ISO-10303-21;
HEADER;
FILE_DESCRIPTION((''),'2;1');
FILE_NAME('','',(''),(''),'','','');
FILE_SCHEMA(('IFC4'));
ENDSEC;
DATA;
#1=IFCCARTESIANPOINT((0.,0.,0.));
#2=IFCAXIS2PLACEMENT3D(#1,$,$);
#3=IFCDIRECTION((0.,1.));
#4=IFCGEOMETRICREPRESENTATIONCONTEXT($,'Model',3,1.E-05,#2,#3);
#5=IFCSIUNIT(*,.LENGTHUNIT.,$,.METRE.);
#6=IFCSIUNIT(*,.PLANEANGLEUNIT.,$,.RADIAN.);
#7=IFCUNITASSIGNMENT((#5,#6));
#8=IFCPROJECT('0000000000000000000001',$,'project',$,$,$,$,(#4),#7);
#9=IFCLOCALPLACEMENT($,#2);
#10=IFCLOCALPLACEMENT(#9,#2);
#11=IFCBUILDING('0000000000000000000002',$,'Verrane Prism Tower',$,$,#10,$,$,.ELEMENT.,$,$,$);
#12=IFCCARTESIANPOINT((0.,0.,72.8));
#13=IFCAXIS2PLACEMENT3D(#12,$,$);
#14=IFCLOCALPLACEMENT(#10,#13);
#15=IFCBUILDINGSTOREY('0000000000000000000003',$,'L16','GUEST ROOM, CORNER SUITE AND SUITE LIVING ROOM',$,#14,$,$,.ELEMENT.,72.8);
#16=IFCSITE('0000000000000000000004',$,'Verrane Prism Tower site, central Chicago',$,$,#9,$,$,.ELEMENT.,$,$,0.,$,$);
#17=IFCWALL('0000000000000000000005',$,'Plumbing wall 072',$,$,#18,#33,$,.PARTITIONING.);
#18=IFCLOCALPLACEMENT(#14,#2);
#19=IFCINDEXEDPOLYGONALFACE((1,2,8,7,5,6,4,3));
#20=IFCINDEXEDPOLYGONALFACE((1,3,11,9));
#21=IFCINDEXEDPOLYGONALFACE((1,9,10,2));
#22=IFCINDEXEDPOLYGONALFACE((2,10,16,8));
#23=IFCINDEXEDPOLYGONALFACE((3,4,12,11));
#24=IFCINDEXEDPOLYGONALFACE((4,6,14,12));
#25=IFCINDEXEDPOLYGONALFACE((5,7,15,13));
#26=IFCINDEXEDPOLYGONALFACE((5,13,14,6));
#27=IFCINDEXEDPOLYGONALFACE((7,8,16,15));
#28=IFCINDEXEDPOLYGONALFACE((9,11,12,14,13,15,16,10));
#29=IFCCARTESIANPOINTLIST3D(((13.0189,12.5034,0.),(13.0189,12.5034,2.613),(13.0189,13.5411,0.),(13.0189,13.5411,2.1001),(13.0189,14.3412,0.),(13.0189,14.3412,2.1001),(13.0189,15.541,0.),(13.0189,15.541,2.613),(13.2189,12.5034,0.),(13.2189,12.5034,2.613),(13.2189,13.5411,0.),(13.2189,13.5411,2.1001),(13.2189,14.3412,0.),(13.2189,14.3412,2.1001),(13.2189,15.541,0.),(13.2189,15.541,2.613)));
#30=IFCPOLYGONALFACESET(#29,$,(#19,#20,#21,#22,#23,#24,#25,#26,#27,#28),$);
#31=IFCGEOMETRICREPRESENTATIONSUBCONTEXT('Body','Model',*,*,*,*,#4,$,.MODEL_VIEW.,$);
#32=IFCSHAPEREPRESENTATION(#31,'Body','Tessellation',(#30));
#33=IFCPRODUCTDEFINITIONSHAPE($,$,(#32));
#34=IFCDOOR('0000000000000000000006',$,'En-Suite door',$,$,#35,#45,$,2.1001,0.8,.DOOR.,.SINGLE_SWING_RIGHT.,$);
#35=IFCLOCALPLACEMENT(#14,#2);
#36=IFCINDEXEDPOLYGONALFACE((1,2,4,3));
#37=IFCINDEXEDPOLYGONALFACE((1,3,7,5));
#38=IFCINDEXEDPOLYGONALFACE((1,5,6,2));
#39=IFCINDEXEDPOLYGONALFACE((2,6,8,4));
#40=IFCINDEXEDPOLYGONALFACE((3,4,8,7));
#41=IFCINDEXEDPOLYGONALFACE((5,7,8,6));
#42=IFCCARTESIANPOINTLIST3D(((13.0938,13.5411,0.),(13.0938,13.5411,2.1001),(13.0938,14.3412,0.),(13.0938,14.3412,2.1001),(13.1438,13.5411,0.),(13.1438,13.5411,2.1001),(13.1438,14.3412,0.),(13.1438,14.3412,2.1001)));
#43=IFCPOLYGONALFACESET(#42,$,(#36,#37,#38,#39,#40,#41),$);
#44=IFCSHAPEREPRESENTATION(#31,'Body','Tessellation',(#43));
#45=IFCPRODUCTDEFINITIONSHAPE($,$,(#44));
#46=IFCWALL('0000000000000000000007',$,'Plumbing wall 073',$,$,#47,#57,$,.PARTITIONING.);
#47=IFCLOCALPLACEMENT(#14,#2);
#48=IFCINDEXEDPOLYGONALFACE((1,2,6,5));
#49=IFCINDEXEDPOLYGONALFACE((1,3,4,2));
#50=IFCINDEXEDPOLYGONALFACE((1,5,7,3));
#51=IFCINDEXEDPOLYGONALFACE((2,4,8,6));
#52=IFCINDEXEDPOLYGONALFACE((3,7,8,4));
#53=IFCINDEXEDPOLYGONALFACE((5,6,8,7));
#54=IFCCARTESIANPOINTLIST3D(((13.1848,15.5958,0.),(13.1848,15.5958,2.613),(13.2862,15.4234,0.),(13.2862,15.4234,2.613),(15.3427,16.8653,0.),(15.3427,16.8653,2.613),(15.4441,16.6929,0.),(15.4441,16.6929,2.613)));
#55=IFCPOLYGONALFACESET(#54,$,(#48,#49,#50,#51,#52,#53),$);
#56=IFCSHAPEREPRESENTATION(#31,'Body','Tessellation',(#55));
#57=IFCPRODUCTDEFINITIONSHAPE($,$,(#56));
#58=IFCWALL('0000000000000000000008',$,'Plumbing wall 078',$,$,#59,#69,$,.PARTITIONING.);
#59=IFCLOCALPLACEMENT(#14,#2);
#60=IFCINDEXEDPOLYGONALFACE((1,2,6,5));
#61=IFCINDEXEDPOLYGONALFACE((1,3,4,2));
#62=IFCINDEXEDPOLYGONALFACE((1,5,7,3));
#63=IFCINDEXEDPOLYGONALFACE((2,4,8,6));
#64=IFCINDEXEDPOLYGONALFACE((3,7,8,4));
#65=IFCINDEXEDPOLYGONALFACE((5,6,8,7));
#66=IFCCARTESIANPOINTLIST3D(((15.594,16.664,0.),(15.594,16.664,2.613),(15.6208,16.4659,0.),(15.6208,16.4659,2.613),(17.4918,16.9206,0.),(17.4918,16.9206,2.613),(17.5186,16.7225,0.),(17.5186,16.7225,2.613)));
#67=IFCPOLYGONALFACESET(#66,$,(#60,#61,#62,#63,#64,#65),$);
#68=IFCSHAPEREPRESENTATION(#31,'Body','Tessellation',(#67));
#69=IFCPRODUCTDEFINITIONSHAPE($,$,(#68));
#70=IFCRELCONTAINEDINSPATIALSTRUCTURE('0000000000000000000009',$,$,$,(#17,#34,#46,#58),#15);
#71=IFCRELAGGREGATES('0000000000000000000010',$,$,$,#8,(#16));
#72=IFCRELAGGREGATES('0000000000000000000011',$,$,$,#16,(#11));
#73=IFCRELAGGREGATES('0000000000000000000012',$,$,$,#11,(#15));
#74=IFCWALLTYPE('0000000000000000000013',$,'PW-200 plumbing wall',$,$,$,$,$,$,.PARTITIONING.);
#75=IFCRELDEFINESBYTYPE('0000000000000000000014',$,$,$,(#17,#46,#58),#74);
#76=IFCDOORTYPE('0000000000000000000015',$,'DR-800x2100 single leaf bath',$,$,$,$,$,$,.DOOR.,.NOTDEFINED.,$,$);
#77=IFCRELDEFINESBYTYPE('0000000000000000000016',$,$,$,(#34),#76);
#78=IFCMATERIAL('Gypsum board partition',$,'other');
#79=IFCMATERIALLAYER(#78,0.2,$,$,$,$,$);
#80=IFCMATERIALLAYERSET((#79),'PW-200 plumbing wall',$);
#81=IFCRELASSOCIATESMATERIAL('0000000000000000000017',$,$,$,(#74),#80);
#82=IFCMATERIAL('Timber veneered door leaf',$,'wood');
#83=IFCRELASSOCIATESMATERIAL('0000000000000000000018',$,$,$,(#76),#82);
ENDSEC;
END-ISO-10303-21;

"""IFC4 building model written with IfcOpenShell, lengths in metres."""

from ifc_helpers import new_model, si_unit, direction, frame, frame_2d, origin, place, context, subcontext, project, spatial, rectangle, extrude, material, layer, layer_set, type_object, element, fill, save


model = new_model("IFC4")

# Units and contexts
model_context = context("Model", 3, precision=1e-05, world=origin(), true_north=direction((0.0, 1.0)))
body_context = subcontext(model_context, "Body", "Model", "MODEL_VIEW")
ifc_project = project(units=[si_unit("LENGTHUNIT", "METRE"), si_unit("PLANEANGLEUNIT", "RADIAN")], contexts=[model_context])

# Site, building, storey
site_placement = place(None, origin())
site = spatial("IfcSite", under=ifc_project, at=site_placement, Name="Verrane Prism Tower site, central Chicago", CompositionType="ELEMENT", RefElevation=0.0)
building_placement = place(site_placement, origin())
building = spatial("IfcBuilding", under=site, at=building_placement, Name="Verrane Prism Tower", CompositionType="ELEMENT")
storey_placement = place(building_placement, frame((0.0, 0.0, 72.8)))
storey = spatial("IfcBuildingStorey", under=building, at=storey_placement, Name="L16", Description="GUEST ROOM, CORNER SUITE AND SUITE LIVING ROOM", CompositionType="ELEMENT", Elevation=72.8)

# Shared definitions
ifc_material_1 = material(Name="Gypsum board partition", Category="other")
ifc_layer_1 = layer(ifc_material_1, 0.2)
ifc_layer_set_1 = layer_set([ifc_layer_1], Name="PW-200 plumbing wall")
wall_type_1 = type_object("IfcWallType", Name="PW-200 plumbing wall", PredefinedType="PARTITIONING", material=ifc_layer_set_1)
ifc_material_2 = material(Name="Timber veneered door leaf", Category="wood")
door_type = type_object("IfcDoorType", Name="DR-800x2100 single leaf bath", OperationType="NOTDEFINED", PredefinedType="DOOR", material=ifc_material_2)

# Wall, opening, door
wall_1_placement = place(storey_placement, frame((13.1189, 15.541, 0.0), z_axis=(0.0, 0.0, 1.0), x_axis=(0.0, -1.0, 0.0)))
wall_1 = element("IfcWall", 1, at=wall_1_placement, inside=storey, type_object=wall_type_1, Name="Plumbing wall 072", PredefinedType="PARTITIONING", context=body_context, shape_type="SweptSolid", body=[
    extrude(rectangle(XDim=3.0376, YDim=0.2, at=frame_2d((1.5188, 0.0))), origin(), (0.0, 0.0, 1.0), 2.613),
])
opening_1_placement = place(wall_1_placement, frame((1.2, 0.0, 0.0)))
opening_1 = element("IfcOpeningElement", 2, at=opening_1_placement, cuts=wall_1, PredefinedType="OPENING", context=body_context, shape_type="SweptSolid", body=[
    extrude(rectangle(XDim=0.8, YDim=2.1001, at=frame_2d((0.3999, 1.05))), frame((0.0, 0.1099, 0.0), z_axis=(0.0, -1.0, 0.0), x_axis=(1.0, 0.0, 0.0)), (0.0, 0.0, 1.0), 0.22),
])
door_1_placement = place(opening_1_placement, origin())
door_1 = element("IfcDoor", 3, at=door_1_placement, inside=storey, type_object=door_type, Name="En-Suite door", OperationType="SINGLE_SWING_RIGHT", OverallHeight=2.1001, OverallWidth=0.8, PredefinedType="DOOR", context=body_context, shape_type="SweptSolid", body=[
    extrude(rectangle(XDim=0.8, YDim=2.1001, at=frame_2d((0.3999, 1.05))), frame((0.0, 0.0249, 0.0), z_axis=(0.0, -1.0, 0.0), x_axis=(1.0, 0.0, 0.0)), (0.0, 0.0, 1.0), 0.05),
])
fill(opening_1, door_1)

# Walls
wall_2_placement = place(storey_placement, frame((13.2354, 15.5095, 0.0), z_axis=(0.0, 0.0, 1.0), x_axis=(0.861909, 0.507063, 0.0)))
element("IfcWall", 4, at=wall_2_placement, inside=storey, type_object=wall_type_1, Name="Plumbing wall 073", PredefinedType="PARTITIONING", context=body_context, shape_type="SweptSolid", body=[
    extrude(rectangle(XDim=2.5037, YDim=0.2, at=frame_2d((1.252, 0.0))), origin(), (0.0, 0.0, 1.0), 2.613),
])
wall_3_placement = place(storey_placement, frame((15.6074, 16.5649, 0.0), z_axis=(0.0, 0.0, 1.0), x_axis=(0.990982, 0.133992, 0.0)))
element("IfcWall", 5, at=wall_3_placement, inside=storey, type_object=wall_type_1, Name="Plumbing wall 078", PredefinedType="PARTITIONING", context=body_context, shape_type="SweptSolid", body=[
    extrude(rectangle(XDim=1.915, YDim=0.2, at=frame_2d((0.9575, 0.0))), origin(), (0.0, 0.0, 1.0), 2.613),
])

save(model, "model.ifc")
